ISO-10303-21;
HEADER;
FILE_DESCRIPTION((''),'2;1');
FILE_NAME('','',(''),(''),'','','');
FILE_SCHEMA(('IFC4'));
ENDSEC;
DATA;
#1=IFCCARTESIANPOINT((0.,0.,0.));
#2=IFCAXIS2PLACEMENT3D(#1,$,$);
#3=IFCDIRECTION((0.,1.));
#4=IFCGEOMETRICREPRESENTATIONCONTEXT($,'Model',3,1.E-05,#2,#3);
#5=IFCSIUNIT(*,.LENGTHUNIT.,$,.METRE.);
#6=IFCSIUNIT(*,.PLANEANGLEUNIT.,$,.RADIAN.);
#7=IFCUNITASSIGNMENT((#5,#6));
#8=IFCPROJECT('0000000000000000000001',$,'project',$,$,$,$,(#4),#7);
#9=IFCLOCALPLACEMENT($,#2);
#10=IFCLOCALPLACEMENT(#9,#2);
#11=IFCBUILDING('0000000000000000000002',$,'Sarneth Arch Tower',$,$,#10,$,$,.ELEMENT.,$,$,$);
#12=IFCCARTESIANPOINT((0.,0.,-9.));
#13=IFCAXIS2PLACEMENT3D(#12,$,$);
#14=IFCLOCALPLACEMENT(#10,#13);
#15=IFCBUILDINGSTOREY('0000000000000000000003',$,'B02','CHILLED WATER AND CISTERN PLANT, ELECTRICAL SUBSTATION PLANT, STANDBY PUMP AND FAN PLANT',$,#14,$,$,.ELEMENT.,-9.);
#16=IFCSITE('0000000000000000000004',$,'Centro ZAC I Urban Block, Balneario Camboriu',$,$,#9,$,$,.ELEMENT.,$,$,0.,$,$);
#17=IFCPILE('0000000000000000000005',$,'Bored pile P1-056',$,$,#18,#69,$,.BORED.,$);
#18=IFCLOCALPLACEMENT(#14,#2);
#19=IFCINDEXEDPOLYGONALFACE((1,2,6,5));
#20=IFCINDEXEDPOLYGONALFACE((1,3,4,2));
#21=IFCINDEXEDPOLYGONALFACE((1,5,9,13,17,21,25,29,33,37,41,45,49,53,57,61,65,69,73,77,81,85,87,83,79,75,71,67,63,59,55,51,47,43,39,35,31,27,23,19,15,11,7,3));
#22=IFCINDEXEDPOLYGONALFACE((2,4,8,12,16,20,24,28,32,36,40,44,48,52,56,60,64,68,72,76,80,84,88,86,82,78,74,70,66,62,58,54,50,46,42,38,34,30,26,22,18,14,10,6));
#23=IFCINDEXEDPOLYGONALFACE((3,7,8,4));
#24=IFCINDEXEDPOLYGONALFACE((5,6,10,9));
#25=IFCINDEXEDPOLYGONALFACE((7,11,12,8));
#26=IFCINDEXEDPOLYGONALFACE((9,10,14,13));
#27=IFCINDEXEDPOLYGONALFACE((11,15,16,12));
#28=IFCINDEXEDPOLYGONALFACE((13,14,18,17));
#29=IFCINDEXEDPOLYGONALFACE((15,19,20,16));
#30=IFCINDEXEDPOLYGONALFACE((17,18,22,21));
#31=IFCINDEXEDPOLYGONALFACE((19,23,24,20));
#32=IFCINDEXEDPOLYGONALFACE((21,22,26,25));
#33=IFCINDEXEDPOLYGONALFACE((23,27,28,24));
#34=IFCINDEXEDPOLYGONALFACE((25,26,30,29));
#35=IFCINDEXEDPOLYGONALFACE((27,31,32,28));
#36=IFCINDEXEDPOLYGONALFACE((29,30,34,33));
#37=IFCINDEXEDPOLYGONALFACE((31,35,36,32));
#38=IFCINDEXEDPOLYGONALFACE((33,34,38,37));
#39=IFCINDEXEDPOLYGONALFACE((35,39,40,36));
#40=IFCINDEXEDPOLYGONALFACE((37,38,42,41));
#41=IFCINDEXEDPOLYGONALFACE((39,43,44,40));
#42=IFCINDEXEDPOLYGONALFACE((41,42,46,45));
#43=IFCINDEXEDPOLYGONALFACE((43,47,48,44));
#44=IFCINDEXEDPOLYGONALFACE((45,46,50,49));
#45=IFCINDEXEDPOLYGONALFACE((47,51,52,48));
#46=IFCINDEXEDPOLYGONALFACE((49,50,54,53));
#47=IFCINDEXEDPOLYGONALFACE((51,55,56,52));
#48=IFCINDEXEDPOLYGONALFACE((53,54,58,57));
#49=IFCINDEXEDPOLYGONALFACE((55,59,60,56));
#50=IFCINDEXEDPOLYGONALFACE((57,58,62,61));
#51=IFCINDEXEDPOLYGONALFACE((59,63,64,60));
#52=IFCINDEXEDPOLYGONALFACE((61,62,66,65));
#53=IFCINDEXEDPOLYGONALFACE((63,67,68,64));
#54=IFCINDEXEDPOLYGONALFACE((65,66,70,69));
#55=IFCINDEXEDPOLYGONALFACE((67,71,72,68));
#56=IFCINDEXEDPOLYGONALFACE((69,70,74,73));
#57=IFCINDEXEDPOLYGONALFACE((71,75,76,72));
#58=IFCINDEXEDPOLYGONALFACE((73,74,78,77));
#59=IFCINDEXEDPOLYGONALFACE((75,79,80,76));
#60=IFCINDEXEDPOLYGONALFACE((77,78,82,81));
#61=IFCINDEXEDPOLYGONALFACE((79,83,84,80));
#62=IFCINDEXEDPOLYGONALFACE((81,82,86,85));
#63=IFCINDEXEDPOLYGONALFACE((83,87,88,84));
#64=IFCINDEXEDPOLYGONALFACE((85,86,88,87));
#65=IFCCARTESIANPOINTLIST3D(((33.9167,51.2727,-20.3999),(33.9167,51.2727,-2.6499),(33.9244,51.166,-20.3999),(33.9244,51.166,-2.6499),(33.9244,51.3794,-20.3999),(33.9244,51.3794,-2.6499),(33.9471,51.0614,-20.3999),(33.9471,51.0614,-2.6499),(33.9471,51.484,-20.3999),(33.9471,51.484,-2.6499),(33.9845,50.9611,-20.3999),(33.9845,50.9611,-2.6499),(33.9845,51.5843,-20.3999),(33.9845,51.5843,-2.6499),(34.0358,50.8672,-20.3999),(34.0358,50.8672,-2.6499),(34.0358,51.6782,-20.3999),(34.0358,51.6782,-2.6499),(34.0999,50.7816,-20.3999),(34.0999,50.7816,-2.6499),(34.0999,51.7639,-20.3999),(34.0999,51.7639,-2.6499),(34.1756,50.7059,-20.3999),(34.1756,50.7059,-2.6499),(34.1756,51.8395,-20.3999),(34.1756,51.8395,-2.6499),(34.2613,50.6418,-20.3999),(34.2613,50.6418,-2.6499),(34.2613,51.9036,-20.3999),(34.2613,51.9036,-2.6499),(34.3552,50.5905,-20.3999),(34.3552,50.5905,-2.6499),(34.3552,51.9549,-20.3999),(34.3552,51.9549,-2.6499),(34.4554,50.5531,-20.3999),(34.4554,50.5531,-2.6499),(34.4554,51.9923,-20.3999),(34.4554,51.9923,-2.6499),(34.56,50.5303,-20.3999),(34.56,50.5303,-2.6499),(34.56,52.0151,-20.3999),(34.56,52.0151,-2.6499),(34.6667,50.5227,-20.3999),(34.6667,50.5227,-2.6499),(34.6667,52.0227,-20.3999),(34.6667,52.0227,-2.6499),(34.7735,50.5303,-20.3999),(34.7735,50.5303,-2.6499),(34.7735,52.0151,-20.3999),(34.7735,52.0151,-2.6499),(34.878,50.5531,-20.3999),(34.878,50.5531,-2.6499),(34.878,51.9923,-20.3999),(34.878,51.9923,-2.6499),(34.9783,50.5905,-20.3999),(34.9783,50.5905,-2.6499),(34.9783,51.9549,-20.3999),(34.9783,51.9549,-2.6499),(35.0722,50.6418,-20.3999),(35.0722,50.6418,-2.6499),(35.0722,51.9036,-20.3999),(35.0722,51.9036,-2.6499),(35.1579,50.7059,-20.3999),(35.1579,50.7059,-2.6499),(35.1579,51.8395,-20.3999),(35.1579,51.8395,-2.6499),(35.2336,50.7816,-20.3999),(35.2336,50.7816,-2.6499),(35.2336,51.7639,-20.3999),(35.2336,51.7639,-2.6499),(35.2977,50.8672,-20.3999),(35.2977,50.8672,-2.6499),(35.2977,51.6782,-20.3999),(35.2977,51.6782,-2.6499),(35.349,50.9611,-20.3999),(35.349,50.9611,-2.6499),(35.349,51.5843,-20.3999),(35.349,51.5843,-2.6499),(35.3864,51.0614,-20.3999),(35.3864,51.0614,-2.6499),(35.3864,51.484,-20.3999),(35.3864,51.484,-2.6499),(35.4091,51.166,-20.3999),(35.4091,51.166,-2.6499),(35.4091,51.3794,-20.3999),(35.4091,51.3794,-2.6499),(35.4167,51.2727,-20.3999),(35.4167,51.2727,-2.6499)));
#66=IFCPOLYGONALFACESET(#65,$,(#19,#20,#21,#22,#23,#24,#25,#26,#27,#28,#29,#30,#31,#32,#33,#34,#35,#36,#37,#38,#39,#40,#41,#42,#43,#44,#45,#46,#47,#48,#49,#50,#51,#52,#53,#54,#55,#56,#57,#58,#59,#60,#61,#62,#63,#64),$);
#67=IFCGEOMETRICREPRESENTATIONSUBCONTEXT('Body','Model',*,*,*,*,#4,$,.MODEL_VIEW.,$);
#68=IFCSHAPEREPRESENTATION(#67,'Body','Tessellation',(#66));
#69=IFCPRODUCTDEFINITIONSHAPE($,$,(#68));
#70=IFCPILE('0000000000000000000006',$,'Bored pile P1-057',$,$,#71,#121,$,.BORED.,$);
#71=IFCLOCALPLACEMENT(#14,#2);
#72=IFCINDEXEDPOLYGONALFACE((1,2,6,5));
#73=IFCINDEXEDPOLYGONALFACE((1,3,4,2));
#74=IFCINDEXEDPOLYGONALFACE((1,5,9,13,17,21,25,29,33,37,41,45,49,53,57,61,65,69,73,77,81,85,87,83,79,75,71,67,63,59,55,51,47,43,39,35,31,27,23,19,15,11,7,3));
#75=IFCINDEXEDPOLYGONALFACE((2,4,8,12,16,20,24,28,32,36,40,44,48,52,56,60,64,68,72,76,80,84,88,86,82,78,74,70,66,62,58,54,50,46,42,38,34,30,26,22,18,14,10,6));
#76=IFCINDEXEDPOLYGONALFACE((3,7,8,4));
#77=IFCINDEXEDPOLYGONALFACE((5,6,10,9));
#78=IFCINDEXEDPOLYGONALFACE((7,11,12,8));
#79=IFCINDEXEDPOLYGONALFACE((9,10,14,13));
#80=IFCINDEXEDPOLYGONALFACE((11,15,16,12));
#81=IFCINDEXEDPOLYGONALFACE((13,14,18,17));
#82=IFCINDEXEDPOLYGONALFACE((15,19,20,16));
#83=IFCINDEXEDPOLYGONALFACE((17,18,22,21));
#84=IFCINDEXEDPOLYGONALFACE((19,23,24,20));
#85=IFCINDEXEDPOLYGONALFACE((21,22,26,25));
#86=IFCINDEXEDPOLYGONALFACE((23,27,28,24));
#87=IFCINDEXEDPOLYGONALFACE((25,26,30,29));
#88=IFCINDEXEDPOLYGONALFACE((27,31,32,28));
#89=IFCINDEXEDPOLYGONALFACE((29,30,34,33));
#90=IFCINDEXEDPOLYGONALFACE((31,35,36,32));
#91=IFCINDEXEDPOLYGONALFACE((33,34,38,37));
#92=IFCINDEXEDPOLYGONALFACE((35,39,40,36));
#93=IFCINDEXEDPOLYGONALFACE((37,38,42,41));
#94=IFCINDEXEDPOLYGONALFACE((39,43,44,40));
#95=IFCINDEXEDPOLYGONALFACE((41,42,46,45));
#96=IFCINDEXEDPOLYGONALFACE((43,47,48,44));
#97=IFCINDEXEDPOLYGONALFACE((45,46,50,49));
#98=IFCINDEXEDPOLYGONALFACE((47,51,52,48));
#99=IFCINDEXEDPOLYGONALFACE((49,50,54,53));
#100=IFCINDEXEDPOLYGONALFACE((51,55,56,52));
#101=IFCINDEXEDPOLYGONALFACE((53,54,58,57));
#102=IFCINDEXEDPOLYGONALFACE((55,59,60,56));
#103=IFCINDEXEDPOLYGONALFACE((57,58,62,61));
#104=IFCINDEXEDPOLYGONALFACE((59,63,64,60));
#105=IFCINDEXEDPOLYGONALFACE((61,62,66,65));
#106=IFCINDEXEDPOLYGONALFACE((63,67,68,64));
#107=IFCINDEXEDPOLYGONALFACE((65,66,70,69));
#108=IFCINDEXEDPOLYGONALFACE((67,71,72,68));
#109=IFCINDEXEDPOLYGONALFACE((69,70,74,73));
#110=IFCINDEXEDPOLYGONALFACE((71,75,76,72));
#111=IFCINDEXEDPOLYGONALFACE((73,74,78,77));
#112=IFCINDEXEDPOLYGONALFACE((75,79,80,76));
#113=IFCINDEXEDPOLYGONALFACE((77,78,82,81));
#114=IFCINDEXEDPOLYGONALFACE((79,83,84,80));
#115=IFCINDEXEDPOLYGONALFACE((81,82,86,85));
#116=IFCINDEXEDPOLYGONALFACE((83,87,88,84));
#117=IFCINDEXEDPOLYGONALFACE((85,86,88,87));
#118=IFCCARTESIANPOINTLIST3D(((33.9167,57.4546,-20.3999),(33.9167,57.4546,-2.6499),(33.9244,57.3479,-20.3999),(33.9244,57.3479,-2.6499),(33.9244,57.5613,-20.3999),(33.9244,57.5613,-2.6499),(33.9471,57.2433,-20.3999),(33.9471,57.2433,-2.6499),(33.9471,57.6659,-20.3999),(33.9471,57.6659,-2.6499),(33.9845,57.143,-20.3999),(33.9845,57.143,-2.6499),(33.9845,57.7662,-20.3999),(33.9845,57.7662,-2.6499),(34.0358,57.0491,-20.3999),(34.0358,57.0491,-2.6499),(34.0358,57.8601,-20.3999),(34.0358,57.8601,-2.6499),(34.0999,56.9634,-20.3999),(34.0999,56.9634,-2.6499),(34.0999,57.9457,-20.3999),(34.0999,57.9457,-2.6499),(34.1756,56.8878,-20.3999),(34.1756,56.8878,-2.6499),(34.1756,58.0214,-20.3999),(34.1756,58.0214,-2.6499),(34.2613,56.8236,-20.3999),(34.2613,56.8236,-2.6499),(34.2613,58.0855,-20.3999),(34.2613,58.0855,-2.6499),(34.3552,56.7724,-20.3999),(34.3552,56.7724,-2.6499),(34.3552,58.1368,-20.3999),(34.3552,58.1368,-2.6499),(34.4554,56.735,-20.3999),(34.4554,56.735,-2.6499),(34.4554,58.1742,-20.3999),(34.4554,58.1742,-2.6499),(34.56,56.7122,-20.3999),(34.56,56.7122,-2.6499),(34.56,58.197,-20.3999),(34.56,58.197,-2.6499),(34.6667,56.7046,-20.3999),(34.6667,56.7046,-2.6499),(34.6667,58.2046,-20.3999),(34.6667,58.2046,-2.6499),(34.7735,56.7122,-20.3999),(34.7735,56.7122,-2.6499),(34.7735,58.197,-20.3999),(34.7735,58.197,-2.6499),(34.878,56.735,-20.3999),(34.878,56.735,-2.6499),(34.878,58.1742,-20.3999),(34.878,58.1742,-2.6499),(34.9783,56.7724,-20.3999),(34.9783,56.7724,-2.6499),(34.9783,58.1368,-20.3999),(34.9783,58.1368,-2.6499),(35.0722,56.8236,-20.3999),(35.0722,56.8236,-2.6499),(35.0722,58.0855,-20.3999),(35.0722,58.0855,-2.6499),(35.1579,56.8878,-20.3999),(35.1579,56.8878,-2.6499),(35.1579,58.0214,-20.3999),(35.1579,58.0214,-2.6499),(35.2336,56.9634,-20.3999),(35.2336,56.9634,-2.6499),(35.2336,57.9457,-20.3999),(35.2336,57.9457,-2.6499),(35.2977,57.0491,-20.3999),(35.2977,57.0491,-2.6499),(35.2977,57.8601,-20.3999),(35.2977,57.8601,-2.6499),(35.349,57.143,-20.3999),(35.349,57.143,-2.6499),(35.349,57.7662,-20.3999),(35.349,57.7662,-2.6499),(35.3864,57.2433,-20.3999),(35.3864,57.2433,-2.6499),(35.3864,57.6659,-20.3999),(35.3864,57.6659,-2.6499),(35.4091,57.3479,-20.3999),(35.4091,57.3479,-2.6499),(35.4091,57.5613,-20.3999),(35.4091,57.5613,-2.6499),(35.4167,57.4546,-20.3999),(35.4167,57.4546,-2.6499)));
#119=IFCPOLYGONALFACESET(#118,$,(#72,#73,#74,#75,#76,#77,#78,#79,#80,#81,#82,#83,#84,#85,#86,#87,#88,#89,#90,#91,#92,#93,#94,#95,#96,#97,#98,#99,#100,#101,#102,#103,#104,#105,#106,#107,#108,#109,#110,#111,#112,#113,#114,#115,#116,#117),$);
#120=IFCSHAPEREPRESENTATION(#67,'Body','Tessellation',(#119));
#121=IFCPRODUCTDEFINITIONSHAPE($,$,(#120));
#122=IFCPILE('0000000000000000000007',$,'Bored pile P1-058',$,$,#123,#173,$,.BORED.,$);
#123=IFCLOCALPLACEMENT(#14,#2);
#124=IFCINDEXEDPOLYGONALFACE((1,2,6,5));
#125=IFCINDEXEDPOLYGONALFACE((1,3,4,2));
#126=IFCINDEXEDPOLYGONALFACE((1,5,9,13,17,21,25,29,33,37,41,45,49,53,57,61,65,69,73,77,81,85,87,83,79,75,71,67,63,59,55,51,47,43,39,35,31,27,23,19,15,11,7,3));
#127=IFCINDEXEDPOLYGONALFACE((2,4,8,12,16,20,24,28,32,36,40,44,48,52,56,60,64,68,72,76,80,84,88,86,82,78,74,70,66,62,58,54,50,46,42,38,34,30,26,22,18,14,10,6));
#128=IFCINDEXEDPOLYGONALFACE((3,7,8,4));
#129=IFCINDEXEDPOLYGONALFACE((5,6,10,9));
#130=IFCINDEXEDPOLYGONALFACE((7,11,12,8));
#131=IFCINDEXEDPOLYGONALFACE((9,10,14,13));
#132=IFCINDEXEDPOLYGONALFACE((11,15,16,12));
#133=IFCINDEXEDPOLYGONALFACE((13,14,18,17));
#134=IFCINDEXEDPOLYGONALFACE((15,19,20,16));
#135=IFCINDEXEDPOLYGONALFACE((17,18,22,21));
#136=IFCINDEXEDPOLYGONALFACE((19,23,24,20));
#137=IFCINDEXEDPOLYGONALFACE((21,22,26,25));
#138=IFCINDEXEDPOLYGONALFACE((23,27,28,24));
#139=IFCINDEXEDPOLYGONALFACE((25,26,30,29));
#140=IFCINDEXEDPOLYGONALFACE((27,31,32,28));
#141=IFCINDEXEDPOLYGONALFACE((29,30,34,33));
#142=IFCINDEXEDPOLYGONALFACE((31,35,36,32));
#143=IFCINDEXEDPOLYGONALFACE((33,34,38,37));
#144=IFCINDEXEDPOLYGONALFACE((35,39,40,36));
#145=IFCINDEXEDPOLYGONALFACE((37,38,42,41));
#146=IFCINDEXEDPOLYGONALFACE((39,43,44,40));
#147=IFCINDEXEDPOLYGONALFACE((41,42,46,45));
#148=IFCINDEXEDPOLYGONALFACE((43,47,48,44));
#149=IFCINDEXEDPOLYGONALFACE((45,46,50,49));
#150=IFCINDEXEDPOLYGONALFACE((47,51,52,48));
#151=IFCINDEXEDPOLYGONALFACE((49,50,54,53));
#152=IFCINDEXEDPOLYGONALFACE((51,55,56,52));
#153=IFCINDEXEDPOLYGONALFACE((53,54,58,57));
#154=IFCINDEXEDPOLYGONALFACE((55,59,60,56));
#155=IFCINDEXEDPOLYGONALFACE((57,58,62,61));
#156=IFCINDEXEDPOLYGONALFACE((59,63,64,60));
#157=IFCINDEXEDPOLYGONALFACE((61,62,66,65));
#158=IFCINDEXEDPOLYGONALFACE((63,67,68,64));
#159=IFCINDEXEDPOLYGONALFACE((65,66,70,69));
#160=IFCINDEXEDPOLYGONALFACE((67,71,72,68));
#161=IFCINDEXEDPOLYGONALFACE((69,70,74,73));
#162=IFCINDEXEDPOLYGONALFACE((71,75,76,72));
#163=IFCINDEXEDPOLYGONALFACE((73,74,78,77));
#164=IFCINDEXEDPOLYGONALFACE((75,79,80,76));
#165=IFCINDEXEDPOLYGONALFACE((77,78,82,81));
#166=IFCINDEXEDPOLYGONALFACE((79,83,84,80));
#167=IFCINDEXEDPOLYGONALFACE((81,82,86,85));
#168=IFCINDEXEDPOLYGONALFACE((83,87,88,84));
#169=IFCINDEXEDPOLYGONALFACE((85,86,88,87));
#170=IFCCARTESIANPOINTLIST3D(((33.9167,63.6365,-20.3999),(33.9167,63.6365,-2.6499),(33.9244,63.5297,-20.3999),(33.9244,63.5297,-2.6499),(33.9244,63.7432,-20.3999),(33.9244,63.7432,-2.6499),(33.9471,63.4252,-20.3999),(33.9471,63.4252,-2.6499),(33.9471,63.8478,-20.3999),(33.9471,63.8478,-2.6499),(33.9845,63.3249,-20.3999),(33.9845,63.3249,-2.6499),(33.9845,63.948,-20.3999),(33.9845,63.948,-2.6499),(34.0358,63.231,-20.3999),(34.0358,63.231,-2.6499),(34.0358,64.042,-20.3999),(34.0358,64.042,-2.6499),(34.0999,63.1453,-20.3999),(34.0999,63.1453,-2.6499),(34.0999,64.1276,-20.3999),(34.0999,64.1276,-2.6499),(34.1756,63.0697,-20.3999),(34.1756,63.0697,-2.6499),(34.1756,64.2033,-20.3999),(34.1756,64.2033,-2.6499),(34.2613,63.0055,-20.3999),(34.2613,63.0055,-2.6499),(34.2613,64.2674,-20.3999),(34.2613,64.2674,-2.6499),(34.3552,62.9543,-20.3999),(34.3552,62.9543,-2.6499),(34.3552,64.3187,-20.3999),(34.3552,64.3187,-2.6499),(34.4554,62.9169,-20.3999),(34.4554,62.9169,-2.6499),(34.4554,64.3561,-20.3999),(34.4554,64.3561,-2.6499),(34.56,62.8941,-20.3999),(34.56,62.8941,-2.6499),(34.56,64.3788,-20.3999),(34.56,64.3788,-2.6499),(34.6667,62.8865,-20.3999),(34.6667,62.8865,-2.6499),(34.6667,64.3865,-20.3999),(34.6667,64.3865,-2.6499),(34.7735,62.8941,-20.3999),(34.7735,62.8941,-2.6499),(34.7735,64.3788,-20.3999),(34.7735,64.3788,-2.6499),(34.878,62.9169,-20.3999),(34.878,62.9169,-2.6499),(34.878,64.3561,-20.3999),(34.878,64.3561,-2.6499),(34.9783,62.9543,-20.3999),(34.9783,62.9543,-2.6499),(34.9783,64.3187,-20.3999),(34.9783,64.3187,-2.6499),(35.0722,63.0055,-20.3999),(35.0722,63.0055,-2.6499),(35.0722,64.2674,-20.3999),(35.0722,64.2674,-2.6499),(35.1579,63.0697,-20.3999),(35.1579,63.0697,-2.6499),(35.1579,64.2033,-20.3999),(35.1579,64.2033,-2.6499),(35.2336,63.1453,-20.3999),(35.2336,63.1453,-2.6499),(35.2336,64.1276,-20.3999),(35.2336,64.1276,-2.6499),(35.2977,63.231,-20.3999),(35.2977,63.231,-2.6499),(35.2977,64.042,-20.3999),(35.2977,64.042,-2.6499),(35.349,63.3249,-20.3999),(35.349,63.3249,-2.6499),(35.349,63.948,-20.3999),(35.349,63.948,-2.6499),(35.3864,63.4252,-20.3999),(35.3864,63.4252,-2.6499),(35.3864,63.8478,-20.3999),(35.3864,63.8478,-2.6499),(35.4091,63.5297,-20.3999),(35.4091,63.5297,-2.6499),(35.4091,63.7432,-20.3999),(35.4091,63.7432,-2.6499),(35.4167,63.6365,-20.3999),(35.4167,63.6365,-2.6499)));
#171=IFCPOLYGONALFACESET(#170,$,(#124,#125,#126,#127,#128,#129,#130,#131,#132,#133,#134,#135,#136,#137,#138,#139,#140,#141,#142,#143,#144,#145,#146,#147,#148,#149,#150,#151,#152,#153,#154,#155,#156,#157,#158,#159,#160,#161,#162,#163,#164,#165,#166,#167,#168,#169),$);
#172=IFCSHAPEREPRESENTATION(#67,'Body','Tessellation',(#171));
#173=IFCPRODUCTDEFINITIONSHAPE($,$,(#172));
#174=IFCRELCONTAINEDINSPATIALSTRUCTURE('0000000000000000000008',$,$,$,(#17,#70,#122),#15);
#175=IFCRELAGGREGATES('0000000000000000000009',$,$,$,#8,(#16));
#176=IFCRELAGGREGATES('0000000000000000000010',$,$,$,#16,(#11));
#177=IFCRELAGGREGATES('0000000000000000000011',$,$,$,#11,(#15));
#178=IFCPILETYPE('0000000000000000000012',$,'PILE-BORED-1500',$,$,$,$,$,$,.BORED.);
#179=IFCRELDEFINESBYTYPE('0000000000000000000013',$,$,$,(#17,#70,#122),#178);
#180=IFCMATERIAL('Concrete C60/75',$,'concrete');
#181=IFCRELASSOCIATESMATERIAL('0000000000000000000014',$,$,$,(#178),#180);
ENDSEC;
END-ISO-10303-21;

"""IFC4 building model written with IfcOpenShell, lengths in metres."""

from ifc_helpers import new_model, si_unit, direction, frame, origin, origin_2d, place, context, subcontext, project, spatial, circle, extrude, material, material_profile, profile_set, type_object, element, save


model = new_model("IFC4")

# Units and contexts
model_context = context("Model", 3, precision=1e-05, world=origin(), true_north=direction((0.0, 1.0)))
body_context = subcontext(model_context, "Body", "Model", "MODEL_VIEW")
ifc_project = project(units=[si_unit("LENGTHUNIT", "METRE"), si_unit("PLANEANGLEUNIT", "RADIAN")], contexts=[model_context])

# Site, building, storey
site_placement = place(None, origin())
site = spatial("IfcSite", under=ifc_project, at=site_placement, Name="Centro ZAC I Urban Block, Balneario Camboriu", CompositionType="ELEMENT", RefElevation=0.0)
building_placement = place(site_placement, origin())
building = spatial("IfcBuilding", under=site, at=building_placement, Name="Sarneth Arch Tower", CompositionType="ELEMENT")
storey_placement = place(building_placement, frame((0.0, 0.0, -9.0)))
storey = spatial("IfcBuildingStorey", under=building, at=storey_placement, Name="B02", Description="CHILLED WATER AND CISTERN PLANT, ELECTRICAL SUBSTATION PLANT, STANDBY PUMP AND FAN PLANT", CompositionType="ELEMENT", Elevation=-9.0)

# Piles
ifc_material_1 = material(Name="Concrete C60/75", Category="concrete")
ifc_material_profile_1 = material_profile(ifc_material_1, circle(Radius=0.75, at=origin_2d()), Name="PILE-D1500")
ifc_profile_set_1 = profile_set([ifc_material_profile_1], Name="Concrete C60/75")
pile_type_1 = type_object("IfcPileType", Name="PILE-BORED-1500", PredefinedType="BORED", material=ifc_profile_set_1)
for number, where, z_axis, x_axis, name in (
    (1, (34.6667, 51.2727, -2.6499), (0.0, 0.0, -1.0), (1.0, 0.0, 0.0), "Bored pile P1-056"),
    (2, (34.6667, 57.4546, -2.6499), (0.0, 0.0, -1.0), (1.0, 0.0, 0.0), "Bored pile P1-057"),
    (3, (34.6667, 63.6365, -2.6499), (0.0, 0.0, -1.0), (1.0, 0.0, 0.0), "Bored pile P1-058"),
):
    element("IfcPile", number, at=place(storey_placement, frame(where, z_axis=z_axis, x_axis=x_axis)), inside=storey, type_object=pile_type_1, Name=name, PredefinedType="BORED", context=body_context, shape_type="SweptSolid", body=[
        extrude(circle(Radius=0.75, at=origin_2d()), origin(), (0.0, 0.0, 1.0), 17.75),
    ])

save(model, "model.ifc")
